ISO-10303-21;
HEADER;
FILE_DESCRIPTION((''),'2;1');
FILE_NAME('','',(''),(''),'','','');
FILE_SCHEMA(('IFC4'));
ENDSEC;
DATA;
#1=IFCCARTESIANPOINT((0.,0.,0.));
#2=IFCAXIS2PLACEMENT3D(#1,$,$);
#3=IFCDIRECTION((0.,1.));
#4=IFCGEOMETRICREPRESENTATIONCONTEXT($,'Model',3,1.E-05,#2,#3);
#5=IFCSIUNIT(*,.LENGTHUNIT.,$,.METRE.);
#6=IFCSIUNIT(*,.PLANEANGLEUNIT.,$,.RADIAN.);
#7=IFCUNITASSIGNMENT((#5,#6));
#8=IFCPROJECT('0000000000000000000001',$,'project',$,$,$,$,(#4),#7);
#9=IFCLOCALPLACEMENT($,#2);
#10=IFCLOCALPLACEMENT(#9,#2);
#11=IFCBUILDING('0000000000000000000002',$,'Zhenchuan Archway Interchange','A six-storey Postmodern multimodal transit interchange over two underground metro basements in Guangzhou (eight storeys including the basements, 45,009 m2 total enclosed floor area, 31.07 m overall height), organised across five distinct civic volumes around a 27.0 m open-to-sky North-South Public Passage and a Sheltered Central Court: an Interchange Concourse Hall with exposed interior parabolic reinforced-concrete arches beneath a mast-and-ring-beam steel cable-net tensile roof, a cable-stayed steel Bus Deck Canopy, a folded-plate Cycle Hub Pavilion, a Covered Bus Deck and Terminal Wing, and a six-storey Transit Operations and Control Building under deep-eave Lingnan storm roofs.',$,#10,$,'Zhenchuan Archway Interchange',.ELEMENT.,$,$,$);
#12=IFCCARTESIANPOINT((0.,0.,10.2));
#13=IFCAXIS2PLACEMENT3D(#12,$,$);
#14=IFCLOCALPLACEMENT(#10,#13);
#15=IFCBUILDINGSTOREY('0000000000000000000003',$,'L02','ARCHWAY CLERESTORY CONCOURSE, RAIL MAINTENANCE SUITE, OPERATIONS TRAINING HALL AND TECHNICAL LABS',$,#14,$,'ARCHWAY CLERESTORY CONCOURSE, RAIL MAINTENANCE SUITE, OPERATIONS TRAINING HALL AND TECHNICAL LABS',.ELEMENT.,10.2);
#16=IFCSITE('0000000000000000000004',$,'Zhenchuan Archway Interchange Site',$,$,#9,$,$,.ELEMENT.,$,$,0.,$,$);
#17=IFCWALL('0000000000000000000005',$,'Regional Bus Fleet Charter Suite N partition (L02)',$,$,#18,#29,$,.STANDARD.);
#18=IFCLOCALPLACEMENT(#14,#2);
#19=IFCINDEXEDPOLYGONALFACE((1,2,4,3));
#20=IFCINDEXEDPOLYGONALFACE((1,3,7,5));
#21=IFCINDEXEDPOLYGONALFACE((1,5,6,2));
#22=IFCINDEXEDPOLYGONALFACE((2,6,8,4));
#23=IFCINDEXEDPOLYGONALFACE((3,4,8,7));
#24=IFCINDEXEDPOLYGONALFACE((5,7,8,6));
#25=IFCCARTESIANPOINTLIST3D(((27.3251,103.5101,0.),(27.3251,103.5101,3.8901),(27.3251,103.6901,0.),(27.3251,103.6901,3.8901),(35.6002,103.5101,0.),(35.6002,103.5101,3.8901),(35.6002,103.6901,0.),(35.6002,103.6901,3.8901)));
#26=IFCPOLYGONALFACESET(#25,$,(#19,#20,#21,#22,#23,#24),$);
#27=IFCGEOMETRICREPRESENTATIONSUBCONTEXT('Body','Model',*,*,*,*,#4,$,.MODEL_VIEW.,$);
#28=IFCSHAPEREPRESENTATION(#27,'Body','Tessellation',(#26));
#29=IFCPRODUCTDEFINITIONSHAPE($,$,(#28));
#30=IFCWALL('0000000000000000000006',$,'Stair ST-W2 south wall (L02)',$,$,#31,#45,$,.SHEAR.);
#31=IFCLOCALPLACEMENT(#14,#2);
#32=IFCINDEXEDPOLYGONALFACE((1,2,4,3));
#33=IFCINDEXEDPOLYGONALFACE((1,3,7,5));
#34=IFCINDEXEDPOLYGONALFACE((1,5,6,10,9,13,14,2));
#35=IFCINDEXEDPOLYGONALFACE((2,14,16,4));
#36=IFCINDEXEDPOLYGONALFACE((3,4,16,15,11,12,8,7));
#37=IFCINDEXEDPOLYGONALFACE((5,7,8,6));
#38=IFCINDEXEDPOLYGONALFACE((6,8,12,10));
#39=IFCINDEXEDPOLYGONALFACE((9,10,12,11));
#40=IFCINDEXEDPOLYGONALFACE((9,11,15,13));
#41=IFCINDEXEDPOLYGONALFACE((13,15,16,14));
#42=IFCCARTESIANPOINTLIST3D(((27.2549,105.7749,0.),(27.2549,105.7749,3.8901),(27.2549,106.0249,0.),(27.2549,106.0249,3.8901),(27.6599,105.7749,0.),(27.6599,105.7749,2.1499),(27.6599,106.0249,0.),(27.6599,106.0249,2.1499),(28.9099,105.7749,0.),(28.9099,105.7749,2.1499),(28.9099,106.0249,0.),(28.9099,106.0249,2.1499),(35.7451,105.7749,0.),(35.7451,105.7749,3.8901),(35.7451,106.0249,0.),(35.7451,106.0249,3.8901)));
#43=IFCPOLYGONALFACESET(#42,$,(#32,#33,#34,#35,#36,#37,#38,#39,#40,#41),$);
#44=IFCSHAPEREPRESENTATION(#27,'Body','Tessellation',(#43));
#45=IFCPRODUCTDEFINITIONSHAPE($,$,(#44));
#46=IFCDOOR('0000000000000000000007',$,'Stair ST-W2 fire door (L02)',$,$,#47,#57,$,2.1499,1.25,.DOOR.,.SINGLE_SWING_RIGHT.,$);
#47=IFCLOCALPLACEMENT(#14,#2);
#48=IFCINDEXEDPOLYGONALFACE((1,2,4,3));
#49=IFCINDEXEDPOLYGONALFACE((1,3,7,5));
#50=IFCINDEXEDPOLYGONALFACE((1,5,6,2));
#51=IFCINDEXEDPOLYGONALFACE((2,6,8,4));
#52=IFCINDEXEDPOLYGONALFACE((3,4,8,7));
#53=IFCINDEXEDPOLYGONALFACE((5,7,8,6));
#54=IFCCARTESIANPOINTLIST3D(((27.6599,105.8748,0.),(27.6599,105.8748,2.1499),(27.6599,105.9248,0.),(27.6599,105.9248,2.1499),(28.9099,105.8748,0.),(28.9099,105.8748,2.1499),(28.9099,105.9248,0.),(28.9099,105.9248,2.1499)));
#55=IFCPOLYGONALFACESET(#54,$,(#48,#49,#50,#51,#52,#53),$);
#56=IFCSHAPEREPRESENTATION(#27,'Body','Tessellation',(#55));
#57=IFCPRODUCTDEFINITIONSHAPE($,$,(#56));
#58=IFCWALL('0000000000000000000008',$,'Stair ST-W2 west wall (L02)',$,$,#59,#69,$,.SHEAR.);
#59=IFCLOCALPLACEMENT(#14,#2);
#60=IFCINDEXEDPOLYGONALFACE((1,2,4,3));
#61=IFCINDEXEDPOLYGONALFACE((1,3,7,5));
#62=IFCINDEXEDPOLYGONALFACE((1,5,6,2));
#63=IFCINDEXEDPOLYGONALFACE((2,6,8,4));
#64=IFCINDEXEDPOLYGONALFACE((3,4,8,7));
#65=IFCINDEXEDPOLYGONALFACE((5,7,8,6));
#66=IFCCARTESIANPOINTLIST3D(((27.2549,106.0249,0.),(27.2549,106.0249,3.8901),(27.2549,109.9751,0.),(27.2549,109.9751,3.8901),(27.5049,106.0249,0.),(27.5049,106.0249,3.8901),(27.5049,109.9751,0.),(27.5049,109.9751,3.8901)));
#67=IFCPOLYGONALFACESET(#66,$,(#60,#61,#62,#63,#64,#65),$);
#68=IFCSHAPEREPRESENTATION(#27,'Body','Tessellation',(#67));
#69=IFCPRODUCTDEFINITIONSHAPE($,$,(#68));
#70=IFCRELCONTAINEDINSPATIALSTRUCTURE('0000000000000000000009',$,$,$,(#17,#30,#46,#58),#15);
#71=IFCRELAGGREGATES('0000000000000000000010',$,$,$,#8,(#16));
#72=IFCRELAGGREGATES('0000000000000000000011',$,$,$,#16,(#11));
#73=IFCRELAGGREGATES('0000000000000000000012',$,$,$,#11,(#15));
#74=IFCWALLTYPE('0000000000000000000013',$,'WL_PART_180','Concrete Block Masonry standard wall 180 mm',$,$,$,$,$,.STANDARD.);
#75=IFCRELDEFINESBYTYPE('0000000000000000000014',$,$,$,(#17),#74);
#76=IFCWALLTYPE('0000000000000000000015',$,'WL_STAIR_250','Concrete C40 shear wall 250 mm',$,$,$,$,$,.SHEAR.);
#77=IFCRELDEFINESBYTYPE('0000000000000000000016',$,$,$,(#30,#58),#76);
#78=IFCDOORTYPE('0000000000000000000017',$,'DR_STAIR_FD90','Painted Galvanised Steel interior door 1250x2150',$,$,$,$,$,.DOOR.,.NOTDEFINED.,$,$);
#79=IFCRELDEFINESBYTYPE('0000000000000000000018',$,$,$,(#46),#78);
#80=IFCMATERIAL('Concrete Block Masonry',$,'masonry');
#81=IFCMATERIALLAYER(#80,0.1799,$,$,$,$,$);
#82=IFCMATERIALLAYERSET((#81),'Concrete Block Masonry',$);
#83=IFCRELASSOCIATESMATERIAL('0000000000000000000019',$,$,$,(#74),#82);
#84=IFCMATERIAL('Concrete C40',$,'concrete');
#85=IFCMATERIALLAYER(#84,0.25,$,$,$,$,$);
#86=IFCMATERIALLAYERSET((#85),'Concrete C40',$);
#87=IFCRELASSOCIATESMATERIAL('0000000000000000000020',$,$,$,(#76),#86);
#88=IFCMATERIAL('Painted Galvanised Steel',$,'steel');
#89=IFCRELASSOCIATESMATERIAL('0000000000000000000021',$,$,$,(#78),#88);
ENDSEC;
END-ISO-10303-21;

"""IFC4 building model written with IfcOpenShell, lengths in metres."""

from ifc_helpers import new_model, si_unit, direction, frame, frame_2d, origin, place, context, subcontext, project, spatial, rectangle, extrude, material, layer, layer_set, type_object, element, fill, save


model = new_model("IFC4")

# Units and contexts
model_context = context("Model", 3, precision=1e-05, world=origin(), true_north=direction((0.0, 1.0)))
body_context = subcontext(model_context, "Body", "Model", "MODEL_VIEW")
ifc_project = project(units=[si_unit("LENGTHUNIT", "METRE"), si_unit("PLANEANGLEUNIT", "RADIAN")], contexts=[model_context])

# Site, building, storey
site_placement = place(None, origin())
site = spatial("IfcSite", under=ifc_project, at=site_placement, Name="Zhenchuan Archway Interchange Site", CompositionType="ELEMENT", RefElevation=0.0)
building_placement = place(site_placement, origin())
building = spatial("IfcBuilding", under=site, at=building_placement, Name="Zhenchuan Archway Interchange", Description="A six-storey Postmodern multimodal transit interchange over two underground metro basements in Guangzhou (eight storeys including the basements, 45,009 m2 total enclosed floor area, 31.07 m overall height), organised across five distinct civic volumes around a 27.0 m open-to-sky North-South Public Passage and a Sheltered Central Court: an Interchange Concourse Hall with exposed interior parabolic reinforced-concrete arches beneath a mast-and-ring-beam steel cable-net tensile roof, a cable-stayed steel Bus Deck Canopy, a folded-plate Cycle Hub Pavilion, a Covered Bus Deck and Terminal Wing, and a six-storey Transit Operations and Control Building under deep-eave Lingnan storm roofs.", LongName="Zhenchuan Archway Interchange", CompositionType="ELEMENT")
storey_placement = place(building_placement, frame((0.0, 0.0, 10.2)))
storey = spatial("IfcBuildingStorey", under=building, at=storey_placement, Name="L02", Description="ARCHWAY CLERESTORY CONCOURSE, RAIL MAINTENANCE SUITE, OPERATIONS TRAINING HALL AND TECHNICAL LABS", LongName="ARCHWAY CLERESTORY CONCOURSE, RAIL MAINTENANCE SUITE, OPERATIONS TRAINING HALL AND TECHNICAL LABS", CompositionType="ELEMENT", Elevation=10.2)

# Shared definitions
ifc_material_1 = material(Name="Concrete C40", Category="concrete")

# Wall
ifc_material_2 = material(Name="Concrete Block Masonry", Category="masonry")
ifc_layer_1 = layer(ifc_material_2, 0.1799)
ifc_layer_set_1 = layer_set([ifc_layer_1], Name="Concrete Block Masonry")
wall_type_1 = type_object("IfcWallType", Name="WL_PART_180", Description="Concrete Block Masonry standard wall 180 mm", PredefinedType="STANDARD", material=ifc_layer_set_1)
wall_1_placement = place(storey_placement, frame((27.325, 103.6001, 0.0), z_axis=(0.0, 0.0, 1.0), x_axis=(1.0, 0.0, 0.0)))
element("IfcWall", 1, at=wall_1_placement, inside=storey, type_object=wall_type_1, Name="Regional Bus Fleet Charter Suite N partition (L02)", PredefinedType="STANDARD", context=body_context, shape_type="SweptSolid", body=[
    extrude(rectangle(XDim=8.2751, YDim=0.1799, at=frame_2d((4.1377, 0.0))), origin(), (0.0, 0.0, 1.0), 3.8901),
])

# Wall, opening, door
ifc_layer_2 = layer(ifc_material_1, 0.25)
ifc_layer_set_2 = layer_set([ifc_layer_2], Name="Concrete C40")
wall_type_2 = type_object("IfcWallType", Name="WL_STAIR_250", Description="Concrete C40 shear wall 250 mm", PredefinedType="SHEAR", material=ifc_layer_set_2)
wall_2_placement = place(storey_placement, frame((27.2549, 105.8999, 0.0), z_axis=(0.0, 0.0, 1.0), x_axis=(1.0, 0.0, 0.0)))
wall_2 = element("IfcWall", 2, at=wall_2_placement, inside=storey, type_object=wall_type_2, Name="Stair ST-W2 south wall (L02)", PredefinedType="SHEAR", context=body_context, shape_type="SweptSolid", body=[
    extrude(rectangle(XDim=8.4902, YDim=0.25, at=frame_2d((4.2451, 0.0))), origin(), (0.0, 0.0, 1.0), 3.8901),
])
opening_1_placement = place(wall_2_placement, frame((0.405, 0.0, 0.0)))
opening_1 = element("IfcOpeningElement", 3, at=opening_1_placement, cuts=wall_2, PredefinedType="OPENING", context=body_context, shape_type="SweptSolid", body=[
    extrude(rectangle(XDim=1.25, YDim=2.1499, at=frame_2d((0.625, 1.075))), frame((0.0, 0.137, 0.0), z_axis=(0.0, -1.0, 0.0), x_axis=(1.0, 0.0, 0.0)), (0.0, 0.0, 1.0), 0.2739),
])
ifc_material_3 = material(Name="Painted Galvanised Steel", Category="steel")
door_type_1 = type_object("IfcDoorType", Name="DR_STAIR_FD90", Description="Painted Galvanised Steel interior door 1250x2150", OperationType="NOTDEFINED", PredefinedType="DOOR", material=ifc_material_3)
door_1_placement = place(opening_1_placement, origin())
door_1 = element("IfcDoor", 4, at=door_1_placement, inside=storey, type_object=door_type_1, Name="Stair ST-W2 fire door (L02)", OperationType="SINGLE_SWING_RIGHT", OverallHeight=2.1499, OverallWidth=1.25, PredefinedType="DOOR", context=body_context, shape_type="SweptSolid", body=[
    extrude(rectangle(XDim=1.25, YDim=2.1499, at=frame_2d((0.625, 1.075))), frame((0.0, 0.0249, 0.0), z_axis=(0.0, -1.0, 0.0), x_axis=(1.0, 0.0, 0.0)), (0.0, 0.0, 1.0), 0.05),
])
fill(opening_1, door_1)

# Wall
wall_3_placement = place(storey_placement, frame((27.3799, 109.9751, 0.0), z_axis=(0.0, 0.0, 1.0), x_axis=(0.0, -1.0, 0.0)))
element("IfcWall", 5, at=wall_3_placement, inside=storey, type_object=wall_type_2, Name="Stair ST-W2 west wall (L02)", PredefinedType="SHEAR", context=body_context, shape_type="SweptSolid", body=[
    extrude(rectangle(XDim=3.9502, YDim=0.25, at=frame_2d((1.9751, 0.0))), origin(), (0.0, 0.0, 1.0), 3.8901),
])

save(model, "model.ifc")
